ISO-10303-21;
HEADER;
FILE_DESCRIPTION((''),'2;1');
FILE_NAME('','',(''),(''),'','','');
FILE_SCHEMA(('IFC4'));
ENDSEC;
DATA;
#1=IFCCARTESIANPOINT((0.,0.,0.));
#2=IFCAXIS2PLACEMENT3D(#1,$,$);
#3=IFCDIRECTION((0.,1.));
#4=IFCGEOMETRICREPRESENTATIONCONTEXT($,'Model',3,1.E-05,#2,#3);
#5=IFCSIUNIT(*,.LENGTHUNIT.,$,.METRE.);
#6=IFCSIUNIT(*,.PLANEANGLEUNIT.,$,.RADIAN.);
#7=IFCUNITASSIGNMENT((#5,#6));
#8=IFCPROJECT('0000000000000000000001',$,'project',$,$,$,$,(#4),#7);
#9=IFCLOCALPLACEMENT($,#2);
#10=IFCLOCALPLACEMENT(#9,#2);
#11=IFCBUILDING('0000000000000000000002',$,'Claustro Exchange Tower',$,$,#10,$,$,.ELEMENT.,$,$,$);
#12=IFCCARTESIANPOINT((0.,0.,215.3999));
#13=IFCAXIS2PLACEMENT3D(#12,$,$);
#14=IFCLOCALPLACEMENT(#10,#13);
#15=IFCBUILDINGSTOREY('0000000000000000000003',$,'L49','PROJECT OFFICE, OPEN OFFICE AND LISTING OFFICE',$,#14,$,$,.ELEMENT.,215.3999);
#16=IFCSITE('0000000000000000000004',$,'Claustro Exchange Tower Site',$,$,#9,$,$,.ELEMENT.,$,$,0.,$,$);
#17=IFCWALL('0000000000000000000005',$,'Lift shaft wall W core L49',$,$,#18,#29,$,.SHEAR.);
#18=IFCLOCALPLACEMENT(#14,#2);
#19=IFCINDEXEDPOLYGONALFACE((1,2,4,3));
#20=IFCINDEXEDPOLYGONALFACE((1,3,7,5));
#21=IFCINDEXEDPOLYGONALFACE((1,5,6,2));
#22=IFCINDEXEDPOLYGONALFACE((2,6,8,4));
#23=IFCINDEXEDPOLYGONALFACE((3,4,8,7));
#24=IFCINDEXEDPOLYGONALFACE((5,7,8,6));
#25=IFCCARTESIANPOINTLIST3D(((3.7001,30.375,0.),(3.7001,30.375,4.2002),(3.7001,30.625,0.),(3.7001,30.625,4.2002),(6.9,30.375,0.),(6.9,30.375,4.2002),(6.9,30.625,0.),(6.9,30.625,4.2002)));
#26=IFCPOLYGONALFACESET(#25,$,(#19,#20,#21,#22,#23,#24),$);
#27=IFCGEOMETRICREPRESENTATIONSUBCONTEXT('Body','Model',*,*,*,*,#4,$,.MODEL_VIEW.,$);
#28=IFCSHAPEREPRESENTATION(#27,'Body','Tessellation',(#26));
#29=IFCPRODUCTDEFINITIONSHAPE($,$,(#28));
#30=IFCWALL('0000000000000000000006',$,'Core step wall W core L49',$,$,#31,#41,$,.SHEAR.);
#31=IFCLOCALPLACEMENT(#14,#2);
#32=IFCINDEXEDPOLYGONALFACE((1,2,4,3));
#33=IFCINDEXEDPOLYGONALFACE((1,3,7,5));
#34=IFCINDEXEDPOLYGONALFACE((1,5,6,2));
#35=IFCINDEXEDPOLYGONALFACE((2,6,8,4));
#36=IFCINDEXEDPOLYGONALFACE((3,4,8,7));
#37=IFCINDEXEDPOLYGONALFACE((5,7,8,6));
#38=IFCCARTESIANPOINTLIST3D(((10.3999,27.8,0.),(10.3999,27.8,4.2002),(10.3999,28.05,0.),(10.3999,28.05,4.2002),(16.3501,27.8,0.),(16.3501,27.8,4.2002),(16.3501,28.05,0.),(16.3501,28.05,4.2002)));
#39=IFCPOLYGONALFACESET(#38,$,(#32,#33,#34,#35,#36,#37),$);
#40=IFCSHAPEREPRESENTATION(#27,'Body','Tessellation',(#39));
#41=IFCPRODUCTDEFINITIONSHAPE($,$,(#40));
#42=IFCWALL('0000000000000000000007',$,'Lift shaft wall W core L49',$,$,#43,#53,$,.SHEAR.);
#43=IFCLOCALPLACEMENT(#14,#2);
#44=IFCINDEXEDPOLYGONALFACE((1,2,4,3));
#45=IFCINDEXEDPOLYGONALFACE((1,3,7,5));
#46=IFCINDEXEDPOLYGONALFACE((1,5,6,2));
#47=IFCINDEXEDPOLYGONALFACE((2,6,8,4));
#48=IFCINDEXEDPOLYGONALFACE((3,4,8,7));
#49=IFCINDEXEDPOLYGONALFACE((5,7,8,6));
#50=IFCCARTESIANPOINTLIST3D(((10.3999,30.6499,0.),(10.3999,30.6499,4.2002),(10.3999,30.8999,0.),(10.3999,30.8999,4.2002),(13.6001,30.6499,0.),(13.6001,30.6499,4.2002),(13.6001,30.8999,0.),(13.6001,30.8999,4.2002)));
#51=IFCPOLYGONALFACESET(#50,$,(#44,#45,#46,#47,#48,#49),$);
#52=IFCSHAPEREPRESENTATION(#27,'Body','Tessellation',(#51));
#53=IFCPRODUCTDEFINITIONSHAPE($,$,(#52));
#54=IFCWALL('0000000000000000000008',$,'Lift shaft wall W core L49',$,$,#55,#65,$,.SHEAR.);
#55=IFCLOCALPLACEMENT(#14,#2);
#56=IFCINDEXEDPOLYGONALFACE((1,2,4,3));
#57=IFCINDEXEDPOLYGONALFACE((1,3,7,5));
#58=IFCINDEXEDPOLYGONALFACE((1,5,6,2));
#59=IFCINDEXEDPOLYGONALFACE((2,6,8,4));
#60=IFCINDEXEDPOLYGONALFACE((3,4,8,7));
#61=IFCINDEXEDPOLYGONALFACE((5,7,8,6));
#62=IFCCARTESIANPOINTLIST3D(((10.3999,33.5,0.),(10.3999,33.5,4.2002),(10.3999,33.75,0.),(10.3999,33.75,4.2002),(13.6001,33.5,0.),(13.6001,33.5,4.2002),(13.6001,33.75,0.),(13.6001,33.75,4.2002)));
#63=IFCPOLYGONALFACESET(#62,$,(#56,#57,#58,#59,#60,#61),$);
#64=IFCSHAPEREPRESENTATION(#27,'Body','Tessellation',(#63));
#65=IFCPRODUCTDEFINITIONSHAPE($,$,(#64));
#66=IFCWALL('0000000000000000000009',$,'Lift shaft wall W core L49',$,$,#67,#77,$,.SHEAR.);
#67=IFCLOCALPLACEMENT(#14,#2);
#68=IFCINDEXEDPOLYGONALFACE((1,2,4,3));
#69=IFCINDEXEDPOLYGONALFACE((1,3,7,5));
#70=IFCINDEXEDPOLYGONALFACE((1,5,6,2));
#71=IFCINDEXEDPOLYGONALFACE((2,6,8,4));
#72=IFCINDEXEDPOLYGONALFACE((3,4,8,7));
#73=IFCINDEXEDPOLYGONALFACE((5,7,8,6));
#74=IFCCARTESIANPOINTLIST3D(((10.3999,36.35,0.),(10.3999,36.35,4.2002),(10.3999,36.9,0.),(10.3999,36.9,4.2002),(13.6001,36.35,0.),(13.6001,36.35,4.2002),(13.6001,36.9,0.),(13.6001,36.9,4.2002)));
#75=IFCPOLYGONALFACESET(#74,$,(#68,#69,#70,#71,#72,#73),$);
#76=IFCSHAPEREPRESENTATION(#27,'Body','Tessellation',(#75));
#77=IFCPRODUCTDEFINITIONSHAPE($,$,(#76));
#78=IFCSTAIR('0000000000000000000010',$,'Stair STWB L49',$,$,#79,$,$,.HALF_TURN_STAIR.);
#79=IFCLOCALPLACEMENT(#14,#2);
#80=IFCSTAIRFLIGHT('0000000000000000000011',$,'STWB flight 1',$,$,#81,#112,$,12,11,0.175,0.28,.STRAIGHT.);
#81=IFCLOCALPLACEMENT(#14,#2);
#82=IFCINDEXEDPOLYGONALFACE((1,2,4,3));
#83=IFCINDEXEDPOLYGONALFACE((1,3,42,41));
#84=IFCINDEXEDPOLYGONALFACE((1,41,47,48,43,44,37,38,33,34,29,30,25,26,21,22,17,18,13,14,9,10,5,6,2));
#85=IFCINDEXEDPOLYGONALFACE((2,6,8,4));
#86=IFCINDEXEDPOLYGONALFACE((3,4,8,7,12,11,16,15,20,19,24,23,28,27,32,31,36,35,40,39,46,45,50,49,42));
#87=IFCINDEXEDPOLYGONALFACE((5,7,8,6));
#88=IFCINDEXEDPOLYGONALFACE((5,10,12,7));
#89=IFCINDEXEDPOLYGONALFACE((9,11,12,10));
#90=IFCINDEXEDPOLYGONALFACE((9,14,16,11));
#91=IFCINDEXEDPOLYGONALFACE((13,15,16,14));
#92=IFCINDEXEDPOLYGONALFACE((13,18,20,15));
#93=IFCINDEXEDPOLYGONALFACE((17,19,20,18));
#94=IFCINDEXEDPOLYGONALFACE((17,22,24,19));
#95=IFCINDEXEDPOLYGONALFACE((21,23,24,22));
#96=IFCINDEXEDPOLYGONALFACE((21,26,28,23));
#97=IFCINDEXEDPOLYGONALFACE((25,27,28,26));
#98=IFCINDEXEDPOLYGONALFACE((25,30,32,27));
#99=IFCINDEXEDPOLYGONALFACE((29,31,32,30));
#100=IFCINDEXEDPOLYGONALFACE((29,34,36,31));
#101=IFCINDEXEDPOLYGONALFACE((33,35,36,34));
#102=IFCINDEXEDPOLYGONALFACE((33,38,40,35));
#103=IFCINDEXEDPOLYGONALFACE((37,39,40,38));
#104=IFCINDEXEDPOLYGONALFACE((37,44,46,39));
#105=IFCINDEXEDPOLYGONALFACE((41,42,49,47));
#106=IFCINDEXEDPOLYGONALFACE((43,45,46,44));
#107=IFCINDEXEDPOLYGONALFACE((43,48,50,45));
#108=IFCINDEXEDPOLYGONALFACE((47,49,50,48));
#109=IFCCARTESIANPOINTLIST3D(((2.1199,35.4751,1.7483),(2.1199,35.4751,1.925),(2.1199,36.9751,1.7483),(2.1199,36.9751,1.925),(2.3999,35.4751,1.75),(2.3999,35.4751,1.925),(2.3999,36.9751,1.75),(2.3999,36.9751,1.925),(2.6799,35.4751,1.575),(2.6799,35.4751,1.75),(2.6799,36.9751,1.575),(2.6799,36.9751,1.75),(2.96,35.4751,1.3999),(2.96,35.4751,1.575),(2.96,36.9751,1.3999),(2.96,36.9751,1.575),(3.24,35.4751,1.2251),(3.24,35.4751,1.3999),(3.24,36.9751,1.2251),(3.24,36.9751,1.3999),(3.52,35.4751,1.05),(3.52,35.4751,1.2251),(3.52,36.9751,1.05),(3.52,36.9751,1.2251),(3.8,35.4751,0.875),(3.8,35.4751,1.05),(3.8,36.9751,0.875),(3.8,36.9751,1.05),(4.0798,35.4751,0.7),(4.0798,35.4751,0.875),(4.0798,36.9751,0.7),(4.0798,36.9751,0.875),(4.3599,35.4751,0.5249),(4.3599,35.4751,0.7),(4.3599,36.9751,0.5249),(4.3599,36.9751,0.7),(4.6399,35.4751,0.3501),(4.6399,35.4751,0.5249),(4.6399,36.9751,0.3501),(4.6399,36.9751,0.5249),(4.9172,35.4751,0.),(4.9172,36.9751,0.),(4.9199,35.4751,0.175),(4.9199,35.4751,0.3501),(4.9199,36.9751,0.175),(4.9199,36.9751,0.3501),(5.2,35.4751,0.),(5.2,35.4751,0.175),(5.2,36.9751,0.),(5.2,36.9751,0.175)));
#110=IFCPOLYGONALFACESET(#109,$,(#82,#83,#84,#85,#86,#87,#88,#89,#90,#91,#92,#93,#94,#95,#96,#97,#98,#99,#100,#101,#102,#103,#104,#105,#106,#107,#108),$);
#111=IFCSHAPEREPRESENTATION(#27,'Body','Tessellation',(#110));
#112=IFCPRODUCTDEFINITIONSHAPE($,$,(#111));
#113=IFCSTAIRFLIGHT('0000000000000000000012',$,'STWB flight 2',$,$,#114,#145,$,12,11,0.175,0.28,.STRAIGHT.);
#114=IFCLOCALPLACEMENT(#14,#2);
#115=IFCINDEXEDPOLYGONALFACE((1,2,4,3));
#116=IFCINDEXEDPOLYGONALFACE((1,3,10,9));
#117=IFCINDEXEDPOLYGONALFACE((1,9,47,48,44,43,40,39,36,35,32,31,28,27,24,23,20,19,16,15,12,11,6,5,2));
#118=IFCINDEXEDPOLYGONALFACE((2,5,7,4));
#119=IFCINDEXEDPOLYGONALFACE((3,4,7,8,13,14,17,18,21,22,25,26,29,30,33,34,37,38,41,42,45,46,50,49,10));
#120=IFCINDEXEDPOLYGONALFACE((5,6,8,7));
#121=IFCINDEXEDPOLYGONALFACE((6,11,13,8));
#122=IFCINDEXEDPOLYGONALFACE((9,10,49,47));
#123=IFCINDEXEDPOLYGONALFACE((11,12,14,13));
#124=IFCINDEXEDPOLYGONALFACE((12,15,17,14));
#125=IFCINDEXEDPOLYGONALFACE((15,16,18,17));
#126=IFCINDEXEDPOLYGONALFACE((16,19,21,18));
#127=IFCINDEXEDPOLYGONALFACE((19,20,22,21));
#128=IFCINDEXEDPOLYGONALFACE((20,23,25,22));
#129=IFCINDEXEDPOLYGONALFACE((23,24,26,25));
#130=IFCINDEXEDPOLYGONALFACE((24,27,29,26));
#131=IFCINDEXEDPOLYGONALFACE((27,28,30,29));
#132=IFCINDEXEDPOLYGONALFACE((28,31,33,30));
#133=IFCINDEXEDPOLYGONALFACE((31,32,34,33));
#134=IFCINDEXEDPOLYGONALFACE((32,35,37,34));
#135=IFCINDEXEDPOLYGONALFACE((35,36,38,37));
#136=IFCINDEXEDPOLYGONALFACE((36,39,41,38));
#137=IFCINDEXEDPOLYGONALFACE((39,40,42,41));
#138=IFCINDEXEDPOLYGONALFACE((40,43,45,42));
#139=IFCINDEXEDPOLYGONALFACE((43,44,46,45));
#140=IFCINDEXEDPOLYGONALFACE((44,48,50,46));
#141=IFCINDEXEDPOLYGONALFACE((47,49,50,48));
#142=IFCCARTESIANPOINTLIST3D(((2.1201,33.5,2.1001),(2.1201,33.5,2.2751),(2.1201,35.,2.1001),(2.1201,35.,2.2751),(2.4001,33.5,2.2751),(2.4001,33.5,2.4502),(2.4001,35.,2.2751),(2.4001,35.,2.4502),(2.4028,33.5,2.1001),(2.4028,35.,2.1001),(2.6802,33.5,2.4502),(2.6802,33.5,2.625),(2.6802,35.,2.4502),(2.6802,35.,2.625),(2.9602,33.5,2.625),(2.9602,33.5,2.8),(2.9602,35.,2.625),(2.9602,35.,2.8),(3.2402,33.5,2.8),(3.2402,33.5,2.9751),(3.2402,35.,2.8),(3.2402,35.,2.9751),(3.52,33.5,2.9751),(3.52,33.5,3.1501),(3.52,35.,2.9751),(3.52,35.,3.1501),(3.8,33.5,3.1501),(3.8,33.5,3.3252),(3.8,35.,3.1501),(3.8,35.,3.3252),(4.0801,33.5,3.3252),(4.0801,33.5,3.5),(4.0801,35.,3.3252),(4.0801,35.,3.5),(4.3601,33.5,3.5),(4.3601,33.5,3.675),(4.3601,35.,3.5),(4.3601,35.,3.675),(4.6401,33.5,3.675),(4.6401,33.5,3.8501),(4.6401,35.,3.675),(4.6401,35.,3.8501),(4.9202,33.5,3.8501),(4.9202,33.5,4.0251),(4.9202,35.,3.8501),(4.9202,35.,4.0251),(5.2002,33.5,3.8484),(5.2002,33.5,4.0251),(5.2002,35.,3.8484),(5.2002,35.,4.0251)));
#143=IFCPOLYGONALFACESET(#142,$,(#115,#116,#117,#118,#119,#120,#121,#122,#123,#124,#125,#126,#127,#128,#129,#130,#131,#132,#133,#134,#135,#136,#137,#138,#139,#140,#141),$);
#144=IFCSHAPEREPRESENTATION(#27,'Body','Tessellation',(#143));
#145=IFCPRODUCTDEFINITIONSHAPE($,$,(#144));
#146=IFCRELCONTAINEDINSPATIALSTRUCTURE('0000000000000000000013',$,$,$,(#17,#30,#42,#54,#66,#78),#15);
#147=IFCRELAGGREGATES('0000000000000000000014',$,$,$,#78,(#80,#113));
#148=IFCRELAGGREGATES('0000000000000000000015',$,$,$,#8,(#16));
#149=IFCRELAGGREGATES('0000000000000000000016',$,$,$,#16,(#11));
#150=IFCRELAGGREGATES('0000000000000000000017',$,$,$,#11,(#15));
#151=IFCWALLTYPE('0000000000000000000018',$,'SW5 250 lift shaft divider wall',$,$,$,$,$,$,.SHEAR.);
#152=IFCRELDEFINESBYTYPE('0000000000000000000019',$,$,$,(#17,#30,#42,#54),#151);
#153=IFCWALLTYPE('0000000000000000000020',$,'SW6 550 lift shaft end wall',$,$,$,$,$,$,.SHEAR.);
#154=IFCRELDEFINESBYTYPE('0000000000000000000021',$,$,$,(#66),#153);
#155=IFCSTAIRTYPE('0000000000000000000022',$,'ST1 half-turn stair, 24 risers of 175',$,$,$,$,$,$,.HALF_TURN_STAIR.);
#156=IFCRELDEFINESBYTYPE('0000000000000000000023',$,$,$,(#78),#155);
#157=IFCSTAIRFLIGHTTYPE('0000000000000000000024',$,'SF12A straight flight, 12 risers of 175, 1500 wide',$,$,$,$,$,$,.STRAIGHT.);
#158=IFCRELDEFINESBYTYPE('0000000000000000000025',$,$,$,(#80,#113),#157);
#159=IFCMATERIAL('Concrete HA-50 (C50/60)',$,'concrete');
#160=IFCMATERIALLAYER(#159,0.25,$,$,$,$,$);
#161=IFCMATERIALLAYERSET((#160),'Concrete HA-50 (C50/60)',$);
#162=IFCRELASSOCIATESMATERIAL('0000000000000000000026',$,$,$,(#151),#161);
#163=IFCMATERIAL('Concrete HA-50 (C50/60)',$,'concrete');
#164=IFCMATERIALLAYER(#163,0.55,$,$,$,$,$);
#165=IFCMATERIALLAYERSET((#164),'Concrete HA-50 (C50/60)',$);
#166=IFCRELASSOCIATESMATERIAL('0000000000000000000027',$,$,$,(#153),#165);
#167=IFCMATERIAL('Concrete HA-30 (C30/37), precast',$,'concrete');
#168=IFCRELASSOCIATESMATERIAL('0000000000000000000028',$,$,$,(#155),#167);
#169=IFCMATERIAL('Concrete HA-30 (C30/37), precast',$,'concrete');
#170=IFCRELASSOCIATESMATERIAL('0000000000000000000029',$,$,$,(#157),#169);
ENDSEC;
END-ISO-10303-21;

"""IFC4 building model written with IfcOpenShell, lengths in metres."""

from ifc_helpers import new_model, si_unit, direction, frame, frame_2d, origin, place, context, subcontext, project, spatial, polyline, rectangle, outline, extrude, material, layer, layer_set, type_object, element, aggregate, save


model = new_model("IFC4")

# Units and contexts
model_context = context("Model", 3, precision=1e-05, world=origin(), true_north=direction((0.0, 1.0)))
body_context = subcontext(model_context, "Body", "Model", "MODEL_VIEW")
ifc_project = project(units=[si_unit("LENGTHUNIT", "METRE"), si_unit("PLANEANGLEUNIT", "RADIAN")], contexts=[model_context])

# Site, building, storey
site_placement = place(None, origin())
site = spatial("IfcSite", under=ifc_project, at=site_placement, Name="Claustro Exchange Tower Site", CompositionType="ELEMENT", RefElevation=0.0)
building_placement = place(site_placement, origin())
building = spatial("IfcBuilding", under=site, at=building_placement, Name="Claustro Exchange Tower", CompositionType="ELEMENT")
storey_placement = place(building_placement, frame((0.0, 0.0, 215.3999)))
storey = spatial("IfcBuildingStorey", under=building, at=storey_placement, Name="L49", Description="PROJECT OFFICE, OPEN OFFICE AND LISTING OFFICE", CompositionType="ELEMENT", Elevation=215.3999)

# Walls
ifc_material_1 = material(Name="Concrete HA-50 (C50/60)", Category="concrete")
ifc_layer_1 = layer(ifc_material_1, 0.25)
ifc_layer_set_1 = layer_set([ifc_layer_1], Name="Concrete HA-50 (C50/60)")
wall_type_1 = type_object("IfcWallType", Name="SW5 250 lift shaft divider wall", PredefinedType="SHEAR", material=ifc_layer_set_1)
wall_1_placement = place(storey_placement, frame((3.7, 30.5, 0.0), z_axis=(0.0, 0.0, 1.0), x_axis=(1.0, 0.0, 0.0)))
element("IfcWall", 1, at=wall_1_placement, inside=storey, type_object=wall_type_1, Name="Lift shaft wall W core L49", PredefinedType="SHEAR", context=body_context, shape_type="SweptSolid", body=[
    extrude(rectangle(XDim=3.2, YDim=0.25, at=frame_2d((1.6001, 0.0))), origin(), (0.0, 0.0, 1.0), 4.2002),
])
wall_2_placement = place(storey_placement, frame((10.3999, 27.925, 0.0), z_axis=(0.0, 0.0, 1.0), x_axis=(1.0, 0.0, 0.0)))
element("IfcWall", 2, at=wall_2_placement, inside=storey, type_object=wall_type_1, Name="Core step wall W core L49", PredefinedType="SHEAR", context=body_context, shape_type="SweptSolid", body=[
    extrude(rectangle(XDim=5.9502, YDim=0.25, at=frame_2d((2.9751, 0.0))), origin(), (0.0, 0.0, 1.0), 4.2002),
])
for number, where, z_axis, x_axis, name in (
    (3, (10.3999, 30.7749, 0.0), (0.0, 0.0, 1.0), (1.0, 0.0, 0.0), "Lift shaft wall W core L49"),
    (4, (10.3999, 33.625, 0.0), (0.0, 0.0, 1.0), (1.0, 0.0, 0.0), "Lift shaft wall W core L49"),
):
    element("IfcWall", number, at=place(storey_placement, frame(where, z_axis=z_axis, x_axis=x_axis)), inside=storey, type_object=wall_type_1, Name=name, PredefinedType="SHEAR", context=body_context, shape_type="SweptSolid", body=[
        extrude(rectangle(XDim=3.2002, YDim=0.25, at=frame_2d((1.6001, 0.0))), origin(), (0.0, 0.0, 1.0), 4.2002),
    ])
ifc_material_2 = material(Name="Concrete HA-50 (C50/60)", Category="concrete")
ifc_layer_2 = layer(ifc_material_2, 0.55)
ifc_layer_set_2 = layer_set([ifc_layer_2], Name="Concrete HA-50 (C50/60)")
wall_type_2 = type_object("IfcWallType", Name="SW6 550 lift shaft end wall", PredefinedType="SHEAR", material=ifc_layer_set_2)
wall_3_placement = place(storey_placement, frame((10.3999, 36.625, 0.0), z_axis=(0.0, 0.0, 1.0), x_axis=(1.0, 0.0, 0.0)))
element("IfcWall", 5, at=wall_3_placement, inside=storey, type_object=wall_type_2, Name="Lift shaft wall W core L49", PredefinedType="SHEAR", context=body_context, shape_type="SweptSolid", body=[
    extrude(rectangle(XDim=3.2002, YDim=0.55, at=frame_2d((1.6001, 0.0))), origin(), (0.0, 0.0, 1.0), 4.2002),
])

# Stair, stair flights
ifc_material_3 = material(Name="Concrete HA-30 (C30/37), precast", Category="concrete")
stair_type = type_object("IfcStairType", Name="ST1 half-turn stair, 24 risers of 175", PredefinedType="HALF_TURN_STAIR", material=ifc_material_3)
stair_placement = place(storey_placement, origin())
stair = element("IfcStair", 6, at=stair_placement, inside=storey, type_object=stair_type, Name="Stair STWB L49", PredefinedType="HALF_TURN_STAIR")
ifc_material_4 = material(Name="Concrete HA-30 (C30/37), precast", Category="concrete")
stair_flight_type = type_object("IfcStairFlightType", Name="SF12A straight flight, 12 risers of 175, 1500 wide", PredefinedType="STRAIGHT", material=ifc_material_4)
stair_flight_1_placement = place(storey_placement, frame((5.2, 36.2251, 0.0), z_axis=(0.0, 0.0, 1.0), x_axis=(-1.0, 0.0, 0.0)))
stair_flight_1 = element("IfcStairFlight", 7, at=stair_flight_1_placement, type_object=stair_flight_type, Name="STWB flight 1", NumberOfRisers=12, NumberOfTreads=11, PredefinedType="STRAIGHT", RiserHeight=0.175, TreadLength=0.28, context=body_context, shape_type="SweptSolid", body=[
    extrude(outline(polyline([(0.0, 0.0), (0.0, 0.175), (0.28, 0.175), (0.28, 0.3501), (0.5601, 0.3501), (0.5601, 0.5249), (0.8401, 0.5249), (0.8401, 0.7), (1.1201, 0.7), (1.1201, 0.875), (1.3999, 0.875), (1.3999, 1.05), (1.6799, 1.05), (1.6799, 1.2251), (1.96, 1.2251), (1.96, 1.3999), (2.24, 1.3999), (2.24, 1.575), (2.52, 1.575), (2.52, 1.75), (2.8, 1.75), (2.8, 1.925), (3.0801, 1.925), (3.0801, 2.1001), (3.0801, 1.7483), (0.2827, 0.0), (0.0, 0.0)])), frame((0.0, 0.75, 0.0), z_axis=(0.0, -1.0, 0.0), x_axis=(1.0, 0.0, 0.0)), (0.0, 0.0, 1.0), 1.5),
])
stair_flight_2_placement = place(storey_placement, frame((2.1201, 34.25, 2.1001), z_axis=(0.0, 0.0, 1.0), x_axis=(1.0, 0.0, 0.0)))
stair_flight_2 = element("IfcStairFlight", 8, at=stair_flight_2_placement, type_object=stair_flight_type, Name="STWB flight 2", NumberOfRisers=12, NumberOfTreads=11, PredefinedType="STRAIGHT", RiserHeight=0.175, TreadLength=0.28, context=body_context, shape_type="SweptSolid", body=[
    extrude(outline(polyline([(0.0, 0.0), (0.0, 0.175), (0.28, 0.175), (0.28, 0.3501), (0.5601, 0.3501), (0.5601, 0.5249), (0.8401, 0.5249), (0.8401, 0.7), (1.1201, 0.7), (1.1201, 0.875), (1.3999, 0.875), (1.3999, 1.05), (1.6799, 1.05), (1.6799, 1.2251), (1.96, 1.2251), (1.96, 1.3999), (2.24, 1.3999), (2.24, 1.575), (2.52, 1.575), (2.52, 1.75), (2.8, 1.75), (2.8, 1.925), (3.0801, 1.925), (3.0801, 2.1001), (3.0801, 1.7483), (0.2827, 0.0), (0.0, 0.0)])), frame((0.0, 0.75, 0.0), z_axis=(0.0, -1.0, 0.0), x_axis=(1.0, 0.0, 0.0)), (0.0, 0.0, 1.0), 1.5),
])
aggregate(stair, [stair_flight_1, stair_flight_2])

save(model, "model.ifc")
